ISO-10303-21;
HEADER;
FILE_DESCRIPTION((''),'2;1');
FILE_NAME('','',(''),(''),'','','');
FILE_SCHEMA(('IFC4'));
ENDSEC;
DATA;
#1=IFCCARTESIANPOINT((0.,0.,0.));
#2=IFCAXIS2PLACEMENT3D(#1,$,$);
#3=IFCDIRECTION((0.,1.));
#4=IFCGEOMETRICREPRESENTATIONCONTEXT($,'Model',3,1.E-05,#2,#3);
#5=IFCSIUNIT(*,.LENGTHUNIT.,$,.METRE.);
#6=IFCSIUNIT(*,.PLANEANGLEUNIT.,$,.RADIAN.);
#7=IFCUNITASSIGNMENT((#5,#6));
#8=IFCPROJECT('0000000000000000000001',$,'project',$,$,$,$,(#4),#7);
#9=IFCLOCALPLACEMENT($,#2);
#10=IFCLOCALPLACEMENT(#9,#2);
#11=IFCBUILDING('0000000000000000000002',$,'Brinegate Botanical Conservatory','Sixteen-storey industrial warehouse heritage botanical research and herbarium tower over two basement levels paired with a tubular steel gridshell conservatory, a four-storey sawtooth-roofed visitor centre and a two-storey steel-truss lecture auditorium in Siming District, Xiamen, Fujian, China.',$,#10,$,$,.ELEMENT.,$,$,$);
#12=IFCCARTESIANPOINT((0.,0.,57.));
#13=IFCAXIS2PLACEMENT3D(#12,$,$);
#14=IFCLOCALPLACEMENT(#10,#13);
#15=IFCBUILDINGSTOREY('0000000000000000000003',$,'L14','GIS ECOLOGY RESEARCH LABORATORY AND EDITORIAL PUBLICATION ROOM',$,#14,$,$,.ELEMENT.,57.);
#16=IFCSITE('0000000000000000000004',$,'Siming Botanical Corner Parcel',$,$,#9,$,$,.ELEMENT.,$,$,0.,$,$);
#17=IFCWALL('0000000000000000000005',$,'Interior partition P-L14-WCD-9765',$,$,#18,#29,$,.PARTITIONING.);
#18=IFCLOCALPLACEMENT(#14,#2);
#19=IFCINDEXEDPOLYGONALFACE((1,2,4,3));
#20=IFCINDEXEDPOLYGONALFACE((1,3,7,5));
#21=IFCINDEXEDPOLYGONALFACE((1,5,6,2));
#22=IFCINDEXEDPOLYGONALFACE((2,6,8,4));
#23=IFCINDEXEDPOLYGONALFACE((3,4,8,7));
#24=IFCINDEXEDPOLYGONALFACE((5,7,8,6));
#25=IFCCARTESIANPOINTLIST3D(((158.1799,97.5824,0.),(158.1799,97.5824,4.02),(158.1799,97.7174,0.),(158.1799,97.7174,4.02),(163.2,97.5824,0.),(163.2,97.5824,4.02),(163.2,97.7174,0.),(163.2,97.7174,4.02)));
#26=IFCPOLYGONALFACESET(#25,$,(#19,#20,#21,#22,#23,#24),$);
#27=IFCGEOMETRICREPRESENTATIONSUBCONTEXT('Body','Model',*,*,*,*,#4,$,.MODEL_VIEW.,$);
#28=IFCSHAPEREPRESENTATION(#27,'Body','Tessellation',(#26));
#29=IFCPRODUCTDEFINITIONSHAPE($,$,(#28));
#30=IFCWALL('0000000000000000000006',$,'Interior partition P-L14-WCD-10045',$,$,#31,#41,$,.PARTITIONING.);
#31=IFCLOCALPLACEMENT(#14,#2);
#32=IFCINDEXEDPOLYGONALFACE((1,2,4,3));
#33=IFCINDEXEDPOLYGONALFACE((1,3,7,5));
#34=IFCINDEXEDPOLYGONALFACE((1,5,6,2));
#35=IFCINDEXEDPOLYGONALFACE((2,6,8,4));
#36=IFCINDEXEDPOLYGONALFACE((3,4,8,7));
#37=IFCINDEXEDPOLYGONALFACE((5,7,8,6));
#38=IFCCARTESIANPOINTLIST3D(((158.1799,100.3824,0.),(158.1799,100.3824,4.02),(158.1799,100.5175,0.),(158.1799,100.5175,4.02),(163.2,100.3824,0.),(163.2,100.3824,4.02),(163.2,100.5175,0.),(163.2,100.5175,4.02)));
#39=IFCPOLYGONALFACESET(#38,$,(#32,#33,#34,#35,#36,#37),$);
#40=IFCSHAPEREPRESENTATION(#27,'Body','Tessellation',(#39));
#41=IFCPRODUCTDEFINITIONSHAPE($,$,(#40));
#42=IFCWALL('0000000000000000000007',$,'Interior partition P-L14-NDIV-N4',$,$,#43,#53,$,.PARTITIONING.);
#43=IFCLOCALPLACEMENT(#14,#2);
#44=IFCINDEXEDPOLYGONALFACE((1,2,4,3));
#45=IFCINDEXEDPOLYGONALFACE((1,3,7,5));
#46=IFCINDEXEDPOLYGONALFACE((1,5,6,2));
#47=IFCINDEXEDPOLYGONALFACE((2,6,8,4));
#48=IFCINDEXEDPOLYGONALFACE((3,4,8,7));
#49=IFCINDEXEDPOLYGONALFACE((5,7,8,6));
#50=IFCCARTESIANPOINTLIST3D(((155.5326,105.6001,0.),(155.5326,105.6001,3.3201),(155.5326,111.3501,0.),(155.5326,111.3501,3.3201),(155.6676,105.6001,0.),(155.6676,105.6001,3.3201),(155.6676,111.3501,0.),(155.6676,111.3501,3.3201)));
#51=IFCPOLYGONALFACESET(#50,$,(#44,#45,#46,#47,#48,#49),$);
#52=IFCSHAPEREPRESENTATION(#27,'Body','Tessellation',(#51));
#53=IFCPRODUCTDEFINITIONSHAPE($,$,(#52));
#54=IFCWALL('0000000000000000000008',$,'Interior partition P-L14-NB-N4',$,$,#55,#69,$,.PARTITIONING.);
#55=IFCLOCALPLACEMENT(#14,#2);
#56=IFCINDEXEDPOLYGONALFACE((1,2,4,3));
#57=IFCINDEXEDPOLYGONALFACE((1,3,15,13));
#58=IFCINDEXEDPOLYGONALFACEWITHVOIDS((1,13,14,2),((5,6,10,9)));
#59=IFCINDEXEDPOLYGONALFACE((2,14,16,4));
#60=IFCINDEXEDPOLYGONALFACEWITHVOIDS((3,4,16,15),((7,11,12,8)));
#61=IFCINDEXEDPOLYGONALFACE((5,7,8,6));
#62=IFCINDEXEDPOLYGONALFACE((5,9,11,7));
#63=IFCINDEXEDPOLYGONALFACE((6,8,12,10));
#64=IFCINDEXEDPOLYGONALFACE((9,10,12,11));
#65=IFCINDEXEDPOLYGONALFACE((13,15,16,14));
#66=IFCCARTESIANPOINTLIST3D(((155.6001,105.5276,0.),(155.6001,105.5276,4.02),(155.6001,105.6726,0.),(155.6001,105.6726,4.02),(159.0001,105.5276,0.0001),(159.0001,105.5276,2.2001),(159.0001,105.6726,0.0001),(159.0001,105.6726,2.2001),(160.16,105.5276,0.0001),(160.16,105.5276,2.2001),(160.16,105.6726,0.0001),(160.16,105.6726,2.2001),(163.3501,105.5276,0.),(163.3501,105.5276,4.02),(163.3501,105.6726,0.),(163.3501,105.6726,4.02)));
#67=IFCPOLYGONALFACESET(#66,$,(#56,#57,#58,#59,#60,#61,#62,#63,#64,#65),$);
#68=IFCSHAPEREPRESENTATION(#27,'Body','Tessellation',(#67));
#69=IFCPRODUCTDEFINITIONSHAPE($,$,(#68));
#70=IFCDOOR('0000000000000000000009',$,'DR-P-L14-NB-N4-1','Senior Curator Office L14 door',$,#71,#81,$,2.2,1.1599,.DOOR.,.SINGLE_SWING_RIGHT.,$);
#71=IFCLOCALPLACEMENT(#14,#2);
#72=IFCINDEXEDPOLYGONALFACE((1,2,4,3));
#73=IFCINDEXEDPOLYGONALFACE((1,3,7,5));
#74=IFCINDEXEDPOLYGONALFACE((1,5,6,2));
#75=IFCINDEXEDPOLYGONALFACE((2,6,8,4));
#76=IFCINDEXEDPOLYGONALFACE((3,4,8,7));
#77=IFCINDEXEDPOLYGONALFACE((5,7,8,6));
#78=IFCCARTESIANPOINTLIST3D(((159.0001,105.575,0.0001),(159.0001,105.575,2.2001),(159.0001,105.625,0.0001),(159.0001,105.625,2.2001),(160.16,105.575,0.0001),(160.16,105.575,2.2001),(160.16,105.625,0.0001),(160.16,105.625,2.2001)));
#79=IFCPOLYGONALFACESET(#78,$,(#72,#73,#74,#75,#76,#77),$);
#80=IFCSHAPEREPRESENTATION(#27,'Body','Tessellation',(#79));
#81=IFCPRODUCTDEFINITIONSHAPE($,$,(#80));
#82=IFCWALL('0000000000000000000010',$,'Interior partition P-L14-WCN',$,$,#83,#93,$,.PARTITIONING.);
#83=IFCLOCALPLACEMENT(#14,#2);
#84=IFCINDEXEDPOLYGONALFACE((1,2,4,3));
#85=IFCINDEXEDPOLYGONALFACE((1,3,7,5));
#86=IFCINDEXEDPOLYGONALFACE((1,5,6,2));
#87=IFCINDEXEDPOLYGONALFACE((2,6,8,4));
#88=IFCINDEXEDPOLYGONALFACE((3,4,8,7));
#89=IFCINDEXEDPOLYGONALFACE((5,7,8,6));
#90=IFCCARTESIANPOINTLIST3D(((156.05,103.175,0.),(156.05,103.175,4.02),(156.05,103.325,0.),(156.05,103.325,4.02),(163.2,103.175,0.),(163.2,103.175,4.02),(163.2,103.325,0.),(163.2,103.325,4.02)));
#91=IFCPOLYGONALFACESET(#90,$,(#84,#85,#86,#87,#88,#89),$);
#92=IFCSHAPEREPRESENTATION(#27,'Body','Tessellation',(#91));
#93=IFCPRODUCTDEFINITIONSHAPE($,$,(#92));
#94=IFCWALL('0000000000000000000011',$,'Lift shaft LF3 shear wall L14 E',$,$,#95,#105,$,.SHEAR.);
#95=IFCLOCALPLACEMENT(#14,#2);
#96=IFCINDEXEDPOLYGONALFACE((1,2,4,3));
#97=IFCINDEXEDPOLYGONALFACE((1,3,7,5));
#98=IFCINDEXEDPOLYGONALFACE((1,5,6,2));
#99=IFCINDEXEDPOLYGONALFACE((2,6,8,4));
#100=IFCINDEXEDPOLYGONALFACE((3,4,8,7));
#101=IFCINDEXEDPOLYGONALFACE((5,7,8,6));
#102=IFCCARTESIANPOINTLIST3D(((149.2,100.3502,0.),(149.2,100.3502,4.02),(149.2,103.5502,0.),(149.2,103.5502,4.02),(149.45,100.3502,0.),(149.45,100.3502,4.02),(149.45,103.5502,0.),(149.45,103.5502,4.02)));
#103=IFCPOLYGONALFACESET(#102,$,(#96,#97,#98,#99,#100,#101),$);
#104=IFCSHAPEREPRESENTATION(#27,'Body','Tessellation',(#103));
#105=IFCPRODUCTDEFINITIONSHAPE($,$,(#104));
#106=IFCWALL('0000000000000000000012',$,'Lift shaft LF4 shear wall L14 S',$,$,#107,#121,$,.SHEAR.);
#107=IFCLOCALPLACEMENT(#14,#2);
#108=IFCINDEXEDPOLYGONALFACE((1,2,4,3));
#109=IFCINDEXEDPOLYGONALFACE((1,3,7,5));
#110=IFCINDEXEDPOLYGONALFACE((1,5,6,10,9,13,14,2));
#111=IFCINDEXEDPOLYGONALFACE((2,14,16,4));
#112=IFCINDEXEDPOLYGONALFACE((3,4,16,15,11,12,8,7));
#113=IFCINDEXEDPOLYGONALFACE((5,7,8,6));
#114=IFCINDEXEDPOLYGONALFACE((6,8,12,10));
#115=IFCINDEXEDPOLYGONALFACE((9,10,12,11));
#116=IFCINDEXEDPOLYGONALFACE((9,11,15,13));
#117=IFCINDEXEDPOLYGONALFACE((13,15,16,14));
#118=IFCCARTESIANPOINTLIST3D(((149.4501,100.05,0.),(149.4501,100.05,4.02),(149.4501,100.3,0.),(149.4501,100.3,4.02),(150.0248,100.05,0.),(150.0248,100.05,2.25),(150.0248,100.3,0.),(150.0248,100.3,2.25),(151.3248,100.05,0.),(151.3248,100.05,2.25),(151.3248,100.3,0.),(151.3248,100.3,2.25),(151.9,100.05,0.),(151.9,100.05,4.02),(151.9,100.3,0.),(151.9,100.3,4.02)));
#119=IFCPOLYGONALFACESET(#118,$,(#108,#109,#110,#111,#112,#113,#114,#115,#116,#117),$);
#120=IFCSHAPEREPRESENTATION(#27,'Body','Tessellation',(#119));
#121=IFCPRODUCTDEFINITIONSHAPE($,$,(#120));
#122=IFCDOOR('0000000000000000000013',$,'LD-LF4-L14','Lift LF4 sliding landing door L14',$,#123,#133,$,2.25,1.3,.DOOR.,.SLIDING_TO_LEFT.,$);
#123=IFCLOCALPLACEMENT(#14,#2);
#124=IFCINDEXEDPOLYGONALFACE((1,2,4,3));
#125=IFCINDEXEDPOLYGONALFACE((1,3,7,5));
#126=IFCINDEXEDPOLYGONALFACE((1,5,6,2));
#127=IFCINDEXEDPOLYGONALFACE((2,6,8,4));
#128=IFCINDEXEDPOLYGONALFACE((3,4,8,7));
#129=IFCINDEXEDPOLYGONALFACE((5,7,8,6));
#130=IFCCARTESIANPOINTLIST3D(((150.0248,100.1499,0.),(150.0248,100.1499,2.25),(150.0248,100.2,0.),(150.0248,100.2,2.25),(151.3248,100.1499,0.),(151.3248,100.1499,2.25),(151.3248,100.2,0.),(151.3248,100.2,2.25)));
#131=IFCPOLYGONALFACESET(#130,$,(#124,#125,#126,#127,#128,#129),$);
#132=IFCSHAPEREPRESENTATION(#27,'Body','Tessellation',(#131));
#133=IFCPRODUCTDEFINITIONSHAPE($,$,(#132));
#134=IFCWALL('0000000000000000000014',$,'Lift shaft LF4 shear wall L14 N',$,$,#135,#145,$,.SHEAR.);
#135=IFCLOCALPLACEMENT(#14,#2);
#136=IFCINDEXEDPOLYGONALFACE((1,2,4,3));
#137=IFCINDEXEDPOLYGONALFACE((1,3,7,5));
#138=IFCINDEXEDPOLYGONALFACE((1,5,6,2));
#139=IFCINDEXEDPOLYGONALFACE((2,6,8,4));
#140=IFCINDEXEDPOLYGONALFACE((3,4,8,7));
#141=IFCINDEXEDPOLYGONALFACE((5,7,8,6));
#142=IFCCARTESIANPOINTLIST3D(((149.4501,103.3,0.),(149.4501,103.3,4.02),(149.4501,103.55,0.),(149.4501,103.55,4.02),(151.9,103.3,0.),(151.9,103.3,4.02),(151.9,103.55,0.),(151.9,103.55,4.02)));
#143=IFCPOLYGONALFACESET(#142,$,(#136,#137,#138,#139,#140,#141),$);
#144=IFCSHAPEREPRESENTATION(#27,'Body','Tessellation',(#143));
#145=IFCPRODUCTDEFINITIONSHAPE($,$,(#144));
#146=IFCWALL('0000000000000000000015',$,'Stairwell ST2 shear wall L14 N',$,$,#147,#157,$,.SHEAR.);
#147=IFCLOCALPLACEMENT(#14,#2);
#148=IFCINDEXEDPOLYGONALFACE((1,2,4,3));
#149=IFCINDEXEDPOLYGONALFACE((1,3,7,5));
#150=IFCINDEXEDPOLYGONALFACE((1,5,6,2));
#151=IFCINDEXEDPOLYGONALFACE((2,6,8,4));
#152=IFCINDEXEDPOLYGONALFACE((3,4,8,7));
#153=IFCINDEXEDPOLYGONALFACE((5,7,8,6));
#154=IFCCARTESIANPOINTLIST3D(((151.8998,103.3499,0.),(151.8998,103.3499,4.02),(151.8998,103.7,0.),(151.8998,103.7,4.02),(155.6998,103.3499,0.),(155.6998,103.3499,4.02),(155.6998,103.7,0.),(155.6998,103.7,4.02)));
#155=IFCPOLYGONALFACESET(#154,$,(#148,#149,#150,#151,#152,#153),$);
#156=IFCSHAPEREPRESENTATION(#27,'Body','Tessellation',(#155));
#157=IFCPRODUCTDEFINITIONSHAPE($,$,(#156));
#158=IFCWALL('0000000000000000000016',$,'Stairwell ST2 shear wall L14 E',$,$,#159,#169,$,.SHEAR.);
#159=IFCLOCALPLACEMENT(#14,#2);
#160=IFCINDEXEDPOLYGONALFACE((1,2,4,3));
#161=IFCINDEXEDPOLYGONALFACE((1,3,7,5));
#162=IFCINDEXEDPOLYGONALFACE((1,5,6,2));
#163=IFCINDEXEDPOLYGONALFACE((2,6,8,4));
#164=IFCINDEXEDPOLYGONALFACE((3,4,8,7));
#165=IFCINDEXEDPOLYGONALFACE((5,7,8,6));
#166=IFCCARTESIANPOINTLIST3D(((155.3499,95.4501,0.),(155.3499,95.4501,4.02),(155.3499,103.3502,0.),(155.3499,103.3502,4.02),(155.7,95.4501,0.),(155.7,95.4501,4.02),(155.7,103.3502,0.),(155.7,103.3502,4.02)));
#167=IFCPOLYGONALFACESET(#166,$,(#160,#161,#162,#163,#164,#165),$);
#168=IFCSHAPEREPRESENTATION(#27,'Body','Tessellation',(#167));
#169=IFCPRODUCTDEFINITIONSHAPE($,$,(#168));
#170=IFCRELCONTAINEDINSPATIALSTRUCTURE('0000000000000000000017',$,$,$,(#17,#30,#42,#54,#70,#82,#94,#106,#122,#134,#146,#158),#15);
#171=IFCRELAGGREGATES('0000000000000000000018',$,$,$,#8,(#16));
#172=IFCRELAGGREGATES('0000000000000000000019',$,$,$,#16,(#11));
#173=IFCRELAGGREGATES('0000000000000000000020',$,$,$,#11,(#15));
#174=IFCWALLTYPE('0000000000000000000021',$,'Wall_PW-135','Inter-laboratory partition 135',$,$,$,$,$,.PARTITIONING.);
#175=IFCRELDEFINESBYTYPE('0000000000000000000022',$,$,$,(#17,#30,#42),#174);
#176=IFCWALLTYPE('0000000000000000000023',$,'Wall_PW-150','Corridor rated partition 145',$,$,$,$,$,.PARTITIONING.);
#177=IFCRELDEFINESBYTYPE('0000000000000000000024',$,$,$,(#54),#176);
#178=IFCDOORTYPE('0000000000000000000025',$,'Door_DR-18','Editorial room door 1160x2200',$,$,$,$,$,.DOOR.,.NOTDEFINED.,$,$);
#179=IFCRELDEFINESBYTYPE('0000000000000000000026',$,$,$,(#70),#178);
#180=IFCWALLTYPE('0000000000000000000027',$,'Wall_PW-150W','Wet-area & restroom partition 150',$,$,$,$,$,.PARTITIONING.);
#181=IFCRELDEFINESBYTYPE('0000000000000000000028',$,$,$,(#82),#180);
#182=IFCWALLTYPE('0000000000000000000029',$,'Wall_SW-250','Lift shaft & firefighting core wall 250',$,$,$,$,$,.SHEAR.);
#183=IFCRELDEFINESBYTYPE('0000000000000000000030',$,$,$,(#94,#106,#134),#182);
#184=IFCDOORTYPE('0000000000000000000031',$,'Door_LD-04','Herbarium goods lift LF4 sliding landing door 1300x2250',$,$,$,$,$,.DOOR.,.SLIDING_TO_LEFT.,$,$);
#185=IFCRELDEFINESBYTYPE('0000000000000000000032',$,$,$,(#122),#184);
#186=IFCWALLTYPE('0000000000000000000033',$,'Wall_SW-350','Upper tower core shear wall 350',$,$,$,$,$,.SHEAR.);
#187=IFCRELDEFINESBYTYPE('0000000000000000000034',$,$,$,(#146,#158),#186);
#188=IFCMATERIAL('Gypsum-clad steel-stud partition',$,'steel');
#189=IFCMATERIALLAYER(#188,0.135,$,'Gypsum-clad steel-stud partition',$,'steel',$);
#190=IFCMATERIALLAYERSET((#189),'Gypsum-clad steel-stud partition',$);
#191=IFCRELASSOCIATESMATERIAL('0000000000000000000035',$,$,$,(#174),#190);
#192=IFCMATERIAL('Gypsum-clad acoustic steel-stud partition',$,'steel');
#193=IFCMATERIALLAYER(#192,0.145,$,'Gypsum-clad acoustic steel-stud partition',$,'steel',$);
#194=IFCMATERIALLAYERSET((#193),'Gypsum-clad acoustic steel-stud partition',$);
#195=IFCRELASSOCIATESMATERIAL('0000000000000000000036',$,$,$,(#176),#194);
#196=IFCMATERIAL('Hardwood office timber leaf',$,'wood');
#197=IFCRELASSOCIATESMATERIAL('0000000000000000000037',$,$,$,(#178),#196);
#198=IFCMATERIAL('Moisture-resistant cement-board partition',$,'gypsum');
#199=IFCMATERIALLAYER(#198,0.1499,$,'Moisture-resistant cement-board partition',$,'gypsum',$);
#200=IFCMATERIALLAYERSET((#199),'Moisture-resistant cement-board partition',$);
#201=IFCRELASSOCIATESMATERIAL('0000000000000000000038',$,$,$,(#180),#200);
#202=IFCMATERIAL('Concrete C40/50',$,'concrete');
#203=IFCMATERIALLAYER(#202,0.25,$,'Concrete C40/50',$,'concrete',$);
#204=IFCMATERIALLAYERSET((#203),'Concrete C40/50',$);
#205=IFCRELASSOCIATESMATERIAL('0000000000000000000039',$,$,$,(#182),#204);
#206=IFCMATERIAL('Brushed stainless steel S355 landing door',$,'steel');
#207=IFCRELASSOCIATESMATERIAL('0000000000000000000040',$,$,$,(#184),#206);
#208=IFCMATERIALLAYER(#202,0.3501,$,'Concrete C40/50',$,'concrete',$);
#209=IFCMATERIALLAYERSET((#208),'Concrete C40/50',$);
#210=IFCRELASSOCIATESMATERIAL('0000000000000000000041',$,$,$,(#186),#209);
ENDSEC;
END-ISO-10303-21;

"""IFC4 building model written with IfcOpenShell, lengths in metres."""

from ifc_helpers import new_model, si_unit, direction, frame, frame_2d, origin, place, context, subcontext, project, spatial, rectangle, extrude, material, layer, layer_set, type_object, element, fill, save


model = new_model("IFC4")

# Units and contexts
model_context = context("Model", 3, precision=1e-05, world=origin(), true_north=direction((0.0, 1.0)))
body_context = subcontext(model_context, "Body", "Model", "MODEL_VIEW")
ifc_project = project(units=[si_unit("LENGTHUNIT", "METRE"), si_unit("PLANEANGLEUNIT", "RADIAN")], contexts=[model_context])

# Site, building, storey
site_placement = place(None, origin())
site = spatial("IfcSite", under=ifc_project, at=site_placement, Name="Siming Botanical Corner Parcel", CompositionType="ELEMENT", RefElevation=0.0)
building_placement = place(site_placement, origin())
building = spatial("IfcBuilding", under=site, at=building_placement, Name="Brinegate Botanical Conservatory", Description="Sixteen-storey industrial warehouse heritage botanical research and herbarium tower over two basement levels paired with a tubular steel gridshell conservatory, a four-storey sawtooth-roofed visitor centre and a two-storey steel-truss lecture auditorium in Siming District, Xiamen, Fujian, China.", CompositionType="ELEMENT")
storey_placement = place(building_placement, frame((0.0, 0.0, 57.0)))
storey = spatial("IfcBuildingStorey", under=building, at=storey_placement, Name="L14", Description="GIS ECOLOGY RESEARCH LABORATORY AND EDITORIAL PUBLICATION ROOM", CompositionType="ELEMENT", Elevation=57.0)

# Shared definitions
ifc_material_1 = material(Name="Concrete C40/50", Category="concrete")

# Walls
ifc_material_2 = material(Name="Gypsum-clad steel-stud partition", Category="steel")
ifc_layer_1 = layer(ifc_material_2, 0.135, Name="Gypsum-clad steel-stud partition", Category="steel")
ifc_layer_set_1 = layer_set([ifc_layer_1], Name="Gypsum-clad steel-stud partition")
wall_type_1 = type_object("IfcWallType", Name="Wall_PW-135", Description="Inter-laboratory partition 135", PredefinedType="PARTITIONING", material=ifc_layer_set_1)
for number, where, z_axis, x_axis, name in (
    (1, (158.1799, 97.6499, 0.0), (0.0, 0.0, 1.0), (1.0, 0.0, 0.0), "Interior partition P-L14-WCD-9765"),
    (2, (158.1799, 100.45, 0.0), (0.0, 0.0, 1.0), (1.0, 0.0, 0.0), "Interior partition P-L14-WCD-10045"),
):
    element("IfcWall", number, at=place(storey_placement, frame(where, z_axis=z_axis, x_axis=x_axis)), inside=storey, type_object=wall_type_1, Name=name, PredefinedType="PARTITIONING", context=body_context, shape_type="SweptSolid", body=[
        extrude(rectangle(XDim=5.02, YDim=0.135, at=frame_2d((2.51, 0.0))), origin(), (0.0, 0.0, 1.0), 4.02),
    ])
wall_1_placement = place(storey_placement, frame((155.6001, 105.6001, 0.0), z_axis=(0.0, 0.0, 1.0), x_axis=(0.0, 1.0, 0.0)))
element("IfcWall", 3, at=wall_1_placement, inside=storey, type_object=wall_type_1, Name="Interior partition P-L14-NDIV-N4", PredefinedType="PARTITIONING", context=body_context, shape_type="SweptSolid", body=[
    extrude(rectangle(XDim=5.75, YDim=0.135, at=frame_2d((2.875, 0.0))), origin(), (0.0, 0.0, 1.0), 3.3201),
])

# Wall, opening, door
ifc_material_3 = material(Name="Gypsum-clad acoustic steel-stud partition", Category="steel")
ifc_layer_2 = layer(ifc_material_3, 0.145, Name="Gypsum-clad acoustic steel-stud partition", Category="steel")
ifc_layer_set_2 = layer_set([ifc_layer_2], Name="Gypsum-clad acoustic steel-stud partition")
wall_type_2 = type_object("IfcWallType", Name="Wall_PW-150", Description="Corridor rated partition 145", PredefinedType="PARTITIONING", material=ifc_layer_set_2)
wall_2_placement = place(storey_placement, frame((155.6001, 105.6001, 0.0), z_axis=(0.0, 0.0, 1.0), x_axis=(1.0, 0.0, 0.0)))
wall_2 = element("IfcWall", 4, at=wall_2_placement, inside=storey, type_object=wall_type_2, Name="Interior partition P-L14-NB-N4", PredefinedType="PARTITIONING", context=body_context, shape_type="SweptSolid", body=[
    extrude(rectangle(XDim=7.75, YDim=0.145, at=frame_2d((3.875, 0.0))), origin(), (0.0, 0.0, 1.0), 4.02),
])
opening_1_placement = place(wall_2_placement, frame((3.3999, 0.0, 0.0)))
opening_1 = element("IfcOpeningElement", 5, at=opening_1_placement, cuts=wall_2, PredefinedType="OPENING", context=body_context, shape_type="SweptSolid", body=[
    extrude(rectangle(XDim=1.1599, YDim=2.2, at=frame_2d((0.5801, 1.1001))), frame((0.0, 0.0825, 0.0), z_axis=(0.0, -1.0, 0.0), x_axis=(1.0, 0.0, 0.0)), (0.0, 0.0, 1.0), 0.165),
])
ifc_material_4 = material(Name="Hardwood office timber leaf", Category="wood")
door_type_1 = type_object("IfcDoorType", Name="Door_DR-18", Description="Editorial room door 1160x2200", OperationType="NOTDEFINED", PredefinedType="DOOR", material=ifc_material_4)
door_1_placement = place(opening_1_placement, origin())
door_1 = element("IfcDoor", 6, at=door_1_placement, inside=storey, type_object=door_type_1, Name="DR-P-L14-NB-N4-1", Description="Senior Curator Office L14 door", OperationType="SINGLE_SWING_RIGHT", OverallHeight=2.2, OverallWidth=1.1599, PredefinedType="DOOR", context=body_context, shape_type="SweptSolid", body=[
    extrude(rectangle(XDim=1.1599, YDim=2.2, at=frame_2d((0.5801, 1.1001))), frame((0.0, 0.0249, 0.0), z_axis=(0.0, -1.0, 0.0), x_axis=(1.0, 0.0, 0.0)), (0.0, 0.0, 1.0), 0.05),
])
fill(opening_1, door_1)

# Walls
ifc_material_5 = material(Name="Moisture-resistant cement-board partition", Category="gypsum")
ifc_layer_3 = layer(ifc_material_5, 0.1499, Name="Moisture-resistant cement-board partition", Category="gypsum")
ifc_layer_set_3 = layer_set([ifc_layer_3], Name="Moisture-resistant cement-board partition")
wall_type_3 = type_object("IfcWallType", Name="Wall_PW-150W", Description="Wet-area & restroom partition 150", PredefinedType="PARTITIONING", material=ifc_layer_set_3)
wall_3_placement = place(storey_placement, frame((156.05, 103.25, 0.0), z_axis=(0.0, 0.0, 1.0), x_axis=(1.0, 0.0, 0.0)))
element("IfcWall", 7, at=wall_3_placement, inside=storey, type_object=wall_type_3, Name="Interior partition P-L14-WCN", PredefinedType="PARTITIONING", context=body_context, shape_type="SweptSolid", body=[
    extrude(rectangle(XDim=7.1499, YDim=0.1499, at=frame_2d((3.575, 0.0))), origin(), (0.0, 0.0, 1.0), 4.02),
])
ifc_layer_4 = layer(ifc_material_1, 0.25, Name="Concrete C40/50", Category="concrete")
ifc_layer_set_4 = layer_set([ifc_layer_4], Name="Concrete C40/50")
wall_type_4 = type_object("IfcWallType", Name="Wall_SW-250", Description="Lift shaft & firefighting core wall 250", PredefinedType="SHEAR", material=ifc_layer_set_4)
wall_4_placement = place(storey_placement, frame((149.325, 100.3501, 0.0), z_axis=(0.0, 0.0, 1.0), x_axis=(0.0, 1.0, 0.0)))
element("IfcWall", 8, at=wall_4_placement, inside=storey, type_object=wall_type_4, Name="Lift shaft LF3 shear wall L14 E", PredefinedType="SHEAR", context=body_context, shape_type="SweptSolid", body=[
    extrude(rectangle(XDim=3.2, YDim=0.25, at=frame_2d((1.6001, 0.0))), origin(), (0.0, 0.0, 1.0), 4.02),
])

# Wall, opening, door
wall_5_placement = place(storey_placement, frame((149.45, 100.175, 0.0), z_axis=(0.0, 0.0, 1.0), x_axis=(1.0, 0.0, 0.0)))
wall_5 = element("IfcWall", 9, at=wall_5_placement, inside=storey, type_object=wall_type_4, Name="Lift shaft LF4 shear wall L14 S", PredefinedType="SHEAR", context=body_context, shape_type="SweptSolid", body=[
    extrude(rectangle(XDim=2.45, YDim=0.25, at=frame_2d((1.2251, 0.0))), origin(), (0.0, 0.0, 1.0), 4.02),
])
opening_2_placement = place(wall_5_placement, frame((0.575, 0.0, 0.0)))
opening_2 = element("IfcOpeningElement", 10, at=opening_2_placement, cuts=wall_5, PredefinedType="OPENING", context=body_context, shape_type="SweptSolid", body=[
    extrude(rectangle(XDim=1.3, YDim=2.25, at=frame_2d((0.6499, 1.125))), frame((0.0, 0.135, 0.0), z_axis=(0.0, -1.0, 0.0), x_axis=(1.0, 0.0, 0.0)), (0.0, 0.0, 1.0), 0.27),
])
ifc_material_6 = material(Name="Brushed stainless steel S355 landing door", Category="steel")
door_type_2 = type_object("IfcDoorType", Name="Door_LD-04", Description="Herbarium goods lift LF4 sliding landing door 1300x2250", OperationType="SLIDING_TO_LEFT", PredefinedType="DOOR", material=ifc_material_6)
door_2_placement = place(opening_2_placement, origin())
door_2 = element("IfcDoor", 11, at=door_2_placement, inside=storey, type_object=door_type_2, Name="LD-LF4-L14", Description="Lift LF4 sliding landing door L14", OperationType="SLIDING_TO_LEFT", OverallHeight=2.25, OverallWidth=1.3, PredefinedType="DOOR", context=body_context, shape_type="SweptSolid", body=[
    extrude(rectangle(XDim=1.3, YDim=2.25, at=frame_2d((0.6499, 1.125))), frame((0.0, 0.0249, 0.0), z_axis=(0.0, -1.0, 0.0), x_axis=(1.0, 0.0, 0.0)), (0.0, 0.0, 1.0), 0.05),
])
fill(opening_2, door_2)

# Walls
wall_6_placement = place(storey_placement, frame((149.45, 103.425, 0.0), z_axis=(0.0, 0.0, 1.0), x_axis=(1.0, 0.0, 0.0)))
element("IfcWall", 12, at=wall_6_placement, inside=storey, type_object=wall_type_4, Name="Lift shaft LF4 shear wall L14 N", PredefinedType="SHEAR", context=body_context, shape_type="SweptSolid", body=[
    extrude(rectangle(XDim=2.45, YDim=0.25, at=frame_2d((1.2251, 0.0))), origin(), (0.0, 0.0, 1.0), 4.02),
])
ifc_layer_5 = layer(ifc_material_1, 0.3501, Name="Concrete C40/50", Category="concrete")
ifc_layer_set_5 = layer_set([ifc_layer_5], Name="Concrete C40/50")
wall_type_5 = type_object("IfcWallType", Name="Wall_SW-350", Description="Upper tower core shear wall 350", PredefinedType="SHEAR", material=ifc_layer_set_5)
wall_7_placement = place(storey_placement, frame((151.8999, 103.5249, 0.0), z_axis=(0.0, 0.0, 1.0), x_axis=(1.0, 0.0, 0.0)))
element("IfcWall", 13, at=wall_7_placement, inside=storey, type_object=wall_type_5, Name="Stairwell ST2 shear wall L14 N", PredefinedType="SHEAR", context=body_context, shape_type="SweptSolid", body=[
    extrude(rectangle(XDim=3.8, YDim=0.3501, at=frame_2d((1.8999, 0.0))), origin(), (0.0, 0.0, 1.0), 4.02),
])
wall_8_placement = place(storey_placement, frame((155.5249, 95.45, 0.0), z_axis=(0.0, 0.0, 1.0), x_axis=(0.0, 1.0, 0.0)))
element("IfcWall", 14, at=wall_8_placement, inside=storey, type_object=wall_type_5, Name="Stairwell ST2 shear wall L14 E", PredefinedType="SHEAR", context=body_context, shape_type="SweptSolid", body=[
    extrude(rectangle(XDim=7.9001, YDim=0.3501, at=frame_2d((3.9502, 0.0))), origin(), (0.0, 0.0, 1.0), 4.02),
])

save(model, "model.ifc")
